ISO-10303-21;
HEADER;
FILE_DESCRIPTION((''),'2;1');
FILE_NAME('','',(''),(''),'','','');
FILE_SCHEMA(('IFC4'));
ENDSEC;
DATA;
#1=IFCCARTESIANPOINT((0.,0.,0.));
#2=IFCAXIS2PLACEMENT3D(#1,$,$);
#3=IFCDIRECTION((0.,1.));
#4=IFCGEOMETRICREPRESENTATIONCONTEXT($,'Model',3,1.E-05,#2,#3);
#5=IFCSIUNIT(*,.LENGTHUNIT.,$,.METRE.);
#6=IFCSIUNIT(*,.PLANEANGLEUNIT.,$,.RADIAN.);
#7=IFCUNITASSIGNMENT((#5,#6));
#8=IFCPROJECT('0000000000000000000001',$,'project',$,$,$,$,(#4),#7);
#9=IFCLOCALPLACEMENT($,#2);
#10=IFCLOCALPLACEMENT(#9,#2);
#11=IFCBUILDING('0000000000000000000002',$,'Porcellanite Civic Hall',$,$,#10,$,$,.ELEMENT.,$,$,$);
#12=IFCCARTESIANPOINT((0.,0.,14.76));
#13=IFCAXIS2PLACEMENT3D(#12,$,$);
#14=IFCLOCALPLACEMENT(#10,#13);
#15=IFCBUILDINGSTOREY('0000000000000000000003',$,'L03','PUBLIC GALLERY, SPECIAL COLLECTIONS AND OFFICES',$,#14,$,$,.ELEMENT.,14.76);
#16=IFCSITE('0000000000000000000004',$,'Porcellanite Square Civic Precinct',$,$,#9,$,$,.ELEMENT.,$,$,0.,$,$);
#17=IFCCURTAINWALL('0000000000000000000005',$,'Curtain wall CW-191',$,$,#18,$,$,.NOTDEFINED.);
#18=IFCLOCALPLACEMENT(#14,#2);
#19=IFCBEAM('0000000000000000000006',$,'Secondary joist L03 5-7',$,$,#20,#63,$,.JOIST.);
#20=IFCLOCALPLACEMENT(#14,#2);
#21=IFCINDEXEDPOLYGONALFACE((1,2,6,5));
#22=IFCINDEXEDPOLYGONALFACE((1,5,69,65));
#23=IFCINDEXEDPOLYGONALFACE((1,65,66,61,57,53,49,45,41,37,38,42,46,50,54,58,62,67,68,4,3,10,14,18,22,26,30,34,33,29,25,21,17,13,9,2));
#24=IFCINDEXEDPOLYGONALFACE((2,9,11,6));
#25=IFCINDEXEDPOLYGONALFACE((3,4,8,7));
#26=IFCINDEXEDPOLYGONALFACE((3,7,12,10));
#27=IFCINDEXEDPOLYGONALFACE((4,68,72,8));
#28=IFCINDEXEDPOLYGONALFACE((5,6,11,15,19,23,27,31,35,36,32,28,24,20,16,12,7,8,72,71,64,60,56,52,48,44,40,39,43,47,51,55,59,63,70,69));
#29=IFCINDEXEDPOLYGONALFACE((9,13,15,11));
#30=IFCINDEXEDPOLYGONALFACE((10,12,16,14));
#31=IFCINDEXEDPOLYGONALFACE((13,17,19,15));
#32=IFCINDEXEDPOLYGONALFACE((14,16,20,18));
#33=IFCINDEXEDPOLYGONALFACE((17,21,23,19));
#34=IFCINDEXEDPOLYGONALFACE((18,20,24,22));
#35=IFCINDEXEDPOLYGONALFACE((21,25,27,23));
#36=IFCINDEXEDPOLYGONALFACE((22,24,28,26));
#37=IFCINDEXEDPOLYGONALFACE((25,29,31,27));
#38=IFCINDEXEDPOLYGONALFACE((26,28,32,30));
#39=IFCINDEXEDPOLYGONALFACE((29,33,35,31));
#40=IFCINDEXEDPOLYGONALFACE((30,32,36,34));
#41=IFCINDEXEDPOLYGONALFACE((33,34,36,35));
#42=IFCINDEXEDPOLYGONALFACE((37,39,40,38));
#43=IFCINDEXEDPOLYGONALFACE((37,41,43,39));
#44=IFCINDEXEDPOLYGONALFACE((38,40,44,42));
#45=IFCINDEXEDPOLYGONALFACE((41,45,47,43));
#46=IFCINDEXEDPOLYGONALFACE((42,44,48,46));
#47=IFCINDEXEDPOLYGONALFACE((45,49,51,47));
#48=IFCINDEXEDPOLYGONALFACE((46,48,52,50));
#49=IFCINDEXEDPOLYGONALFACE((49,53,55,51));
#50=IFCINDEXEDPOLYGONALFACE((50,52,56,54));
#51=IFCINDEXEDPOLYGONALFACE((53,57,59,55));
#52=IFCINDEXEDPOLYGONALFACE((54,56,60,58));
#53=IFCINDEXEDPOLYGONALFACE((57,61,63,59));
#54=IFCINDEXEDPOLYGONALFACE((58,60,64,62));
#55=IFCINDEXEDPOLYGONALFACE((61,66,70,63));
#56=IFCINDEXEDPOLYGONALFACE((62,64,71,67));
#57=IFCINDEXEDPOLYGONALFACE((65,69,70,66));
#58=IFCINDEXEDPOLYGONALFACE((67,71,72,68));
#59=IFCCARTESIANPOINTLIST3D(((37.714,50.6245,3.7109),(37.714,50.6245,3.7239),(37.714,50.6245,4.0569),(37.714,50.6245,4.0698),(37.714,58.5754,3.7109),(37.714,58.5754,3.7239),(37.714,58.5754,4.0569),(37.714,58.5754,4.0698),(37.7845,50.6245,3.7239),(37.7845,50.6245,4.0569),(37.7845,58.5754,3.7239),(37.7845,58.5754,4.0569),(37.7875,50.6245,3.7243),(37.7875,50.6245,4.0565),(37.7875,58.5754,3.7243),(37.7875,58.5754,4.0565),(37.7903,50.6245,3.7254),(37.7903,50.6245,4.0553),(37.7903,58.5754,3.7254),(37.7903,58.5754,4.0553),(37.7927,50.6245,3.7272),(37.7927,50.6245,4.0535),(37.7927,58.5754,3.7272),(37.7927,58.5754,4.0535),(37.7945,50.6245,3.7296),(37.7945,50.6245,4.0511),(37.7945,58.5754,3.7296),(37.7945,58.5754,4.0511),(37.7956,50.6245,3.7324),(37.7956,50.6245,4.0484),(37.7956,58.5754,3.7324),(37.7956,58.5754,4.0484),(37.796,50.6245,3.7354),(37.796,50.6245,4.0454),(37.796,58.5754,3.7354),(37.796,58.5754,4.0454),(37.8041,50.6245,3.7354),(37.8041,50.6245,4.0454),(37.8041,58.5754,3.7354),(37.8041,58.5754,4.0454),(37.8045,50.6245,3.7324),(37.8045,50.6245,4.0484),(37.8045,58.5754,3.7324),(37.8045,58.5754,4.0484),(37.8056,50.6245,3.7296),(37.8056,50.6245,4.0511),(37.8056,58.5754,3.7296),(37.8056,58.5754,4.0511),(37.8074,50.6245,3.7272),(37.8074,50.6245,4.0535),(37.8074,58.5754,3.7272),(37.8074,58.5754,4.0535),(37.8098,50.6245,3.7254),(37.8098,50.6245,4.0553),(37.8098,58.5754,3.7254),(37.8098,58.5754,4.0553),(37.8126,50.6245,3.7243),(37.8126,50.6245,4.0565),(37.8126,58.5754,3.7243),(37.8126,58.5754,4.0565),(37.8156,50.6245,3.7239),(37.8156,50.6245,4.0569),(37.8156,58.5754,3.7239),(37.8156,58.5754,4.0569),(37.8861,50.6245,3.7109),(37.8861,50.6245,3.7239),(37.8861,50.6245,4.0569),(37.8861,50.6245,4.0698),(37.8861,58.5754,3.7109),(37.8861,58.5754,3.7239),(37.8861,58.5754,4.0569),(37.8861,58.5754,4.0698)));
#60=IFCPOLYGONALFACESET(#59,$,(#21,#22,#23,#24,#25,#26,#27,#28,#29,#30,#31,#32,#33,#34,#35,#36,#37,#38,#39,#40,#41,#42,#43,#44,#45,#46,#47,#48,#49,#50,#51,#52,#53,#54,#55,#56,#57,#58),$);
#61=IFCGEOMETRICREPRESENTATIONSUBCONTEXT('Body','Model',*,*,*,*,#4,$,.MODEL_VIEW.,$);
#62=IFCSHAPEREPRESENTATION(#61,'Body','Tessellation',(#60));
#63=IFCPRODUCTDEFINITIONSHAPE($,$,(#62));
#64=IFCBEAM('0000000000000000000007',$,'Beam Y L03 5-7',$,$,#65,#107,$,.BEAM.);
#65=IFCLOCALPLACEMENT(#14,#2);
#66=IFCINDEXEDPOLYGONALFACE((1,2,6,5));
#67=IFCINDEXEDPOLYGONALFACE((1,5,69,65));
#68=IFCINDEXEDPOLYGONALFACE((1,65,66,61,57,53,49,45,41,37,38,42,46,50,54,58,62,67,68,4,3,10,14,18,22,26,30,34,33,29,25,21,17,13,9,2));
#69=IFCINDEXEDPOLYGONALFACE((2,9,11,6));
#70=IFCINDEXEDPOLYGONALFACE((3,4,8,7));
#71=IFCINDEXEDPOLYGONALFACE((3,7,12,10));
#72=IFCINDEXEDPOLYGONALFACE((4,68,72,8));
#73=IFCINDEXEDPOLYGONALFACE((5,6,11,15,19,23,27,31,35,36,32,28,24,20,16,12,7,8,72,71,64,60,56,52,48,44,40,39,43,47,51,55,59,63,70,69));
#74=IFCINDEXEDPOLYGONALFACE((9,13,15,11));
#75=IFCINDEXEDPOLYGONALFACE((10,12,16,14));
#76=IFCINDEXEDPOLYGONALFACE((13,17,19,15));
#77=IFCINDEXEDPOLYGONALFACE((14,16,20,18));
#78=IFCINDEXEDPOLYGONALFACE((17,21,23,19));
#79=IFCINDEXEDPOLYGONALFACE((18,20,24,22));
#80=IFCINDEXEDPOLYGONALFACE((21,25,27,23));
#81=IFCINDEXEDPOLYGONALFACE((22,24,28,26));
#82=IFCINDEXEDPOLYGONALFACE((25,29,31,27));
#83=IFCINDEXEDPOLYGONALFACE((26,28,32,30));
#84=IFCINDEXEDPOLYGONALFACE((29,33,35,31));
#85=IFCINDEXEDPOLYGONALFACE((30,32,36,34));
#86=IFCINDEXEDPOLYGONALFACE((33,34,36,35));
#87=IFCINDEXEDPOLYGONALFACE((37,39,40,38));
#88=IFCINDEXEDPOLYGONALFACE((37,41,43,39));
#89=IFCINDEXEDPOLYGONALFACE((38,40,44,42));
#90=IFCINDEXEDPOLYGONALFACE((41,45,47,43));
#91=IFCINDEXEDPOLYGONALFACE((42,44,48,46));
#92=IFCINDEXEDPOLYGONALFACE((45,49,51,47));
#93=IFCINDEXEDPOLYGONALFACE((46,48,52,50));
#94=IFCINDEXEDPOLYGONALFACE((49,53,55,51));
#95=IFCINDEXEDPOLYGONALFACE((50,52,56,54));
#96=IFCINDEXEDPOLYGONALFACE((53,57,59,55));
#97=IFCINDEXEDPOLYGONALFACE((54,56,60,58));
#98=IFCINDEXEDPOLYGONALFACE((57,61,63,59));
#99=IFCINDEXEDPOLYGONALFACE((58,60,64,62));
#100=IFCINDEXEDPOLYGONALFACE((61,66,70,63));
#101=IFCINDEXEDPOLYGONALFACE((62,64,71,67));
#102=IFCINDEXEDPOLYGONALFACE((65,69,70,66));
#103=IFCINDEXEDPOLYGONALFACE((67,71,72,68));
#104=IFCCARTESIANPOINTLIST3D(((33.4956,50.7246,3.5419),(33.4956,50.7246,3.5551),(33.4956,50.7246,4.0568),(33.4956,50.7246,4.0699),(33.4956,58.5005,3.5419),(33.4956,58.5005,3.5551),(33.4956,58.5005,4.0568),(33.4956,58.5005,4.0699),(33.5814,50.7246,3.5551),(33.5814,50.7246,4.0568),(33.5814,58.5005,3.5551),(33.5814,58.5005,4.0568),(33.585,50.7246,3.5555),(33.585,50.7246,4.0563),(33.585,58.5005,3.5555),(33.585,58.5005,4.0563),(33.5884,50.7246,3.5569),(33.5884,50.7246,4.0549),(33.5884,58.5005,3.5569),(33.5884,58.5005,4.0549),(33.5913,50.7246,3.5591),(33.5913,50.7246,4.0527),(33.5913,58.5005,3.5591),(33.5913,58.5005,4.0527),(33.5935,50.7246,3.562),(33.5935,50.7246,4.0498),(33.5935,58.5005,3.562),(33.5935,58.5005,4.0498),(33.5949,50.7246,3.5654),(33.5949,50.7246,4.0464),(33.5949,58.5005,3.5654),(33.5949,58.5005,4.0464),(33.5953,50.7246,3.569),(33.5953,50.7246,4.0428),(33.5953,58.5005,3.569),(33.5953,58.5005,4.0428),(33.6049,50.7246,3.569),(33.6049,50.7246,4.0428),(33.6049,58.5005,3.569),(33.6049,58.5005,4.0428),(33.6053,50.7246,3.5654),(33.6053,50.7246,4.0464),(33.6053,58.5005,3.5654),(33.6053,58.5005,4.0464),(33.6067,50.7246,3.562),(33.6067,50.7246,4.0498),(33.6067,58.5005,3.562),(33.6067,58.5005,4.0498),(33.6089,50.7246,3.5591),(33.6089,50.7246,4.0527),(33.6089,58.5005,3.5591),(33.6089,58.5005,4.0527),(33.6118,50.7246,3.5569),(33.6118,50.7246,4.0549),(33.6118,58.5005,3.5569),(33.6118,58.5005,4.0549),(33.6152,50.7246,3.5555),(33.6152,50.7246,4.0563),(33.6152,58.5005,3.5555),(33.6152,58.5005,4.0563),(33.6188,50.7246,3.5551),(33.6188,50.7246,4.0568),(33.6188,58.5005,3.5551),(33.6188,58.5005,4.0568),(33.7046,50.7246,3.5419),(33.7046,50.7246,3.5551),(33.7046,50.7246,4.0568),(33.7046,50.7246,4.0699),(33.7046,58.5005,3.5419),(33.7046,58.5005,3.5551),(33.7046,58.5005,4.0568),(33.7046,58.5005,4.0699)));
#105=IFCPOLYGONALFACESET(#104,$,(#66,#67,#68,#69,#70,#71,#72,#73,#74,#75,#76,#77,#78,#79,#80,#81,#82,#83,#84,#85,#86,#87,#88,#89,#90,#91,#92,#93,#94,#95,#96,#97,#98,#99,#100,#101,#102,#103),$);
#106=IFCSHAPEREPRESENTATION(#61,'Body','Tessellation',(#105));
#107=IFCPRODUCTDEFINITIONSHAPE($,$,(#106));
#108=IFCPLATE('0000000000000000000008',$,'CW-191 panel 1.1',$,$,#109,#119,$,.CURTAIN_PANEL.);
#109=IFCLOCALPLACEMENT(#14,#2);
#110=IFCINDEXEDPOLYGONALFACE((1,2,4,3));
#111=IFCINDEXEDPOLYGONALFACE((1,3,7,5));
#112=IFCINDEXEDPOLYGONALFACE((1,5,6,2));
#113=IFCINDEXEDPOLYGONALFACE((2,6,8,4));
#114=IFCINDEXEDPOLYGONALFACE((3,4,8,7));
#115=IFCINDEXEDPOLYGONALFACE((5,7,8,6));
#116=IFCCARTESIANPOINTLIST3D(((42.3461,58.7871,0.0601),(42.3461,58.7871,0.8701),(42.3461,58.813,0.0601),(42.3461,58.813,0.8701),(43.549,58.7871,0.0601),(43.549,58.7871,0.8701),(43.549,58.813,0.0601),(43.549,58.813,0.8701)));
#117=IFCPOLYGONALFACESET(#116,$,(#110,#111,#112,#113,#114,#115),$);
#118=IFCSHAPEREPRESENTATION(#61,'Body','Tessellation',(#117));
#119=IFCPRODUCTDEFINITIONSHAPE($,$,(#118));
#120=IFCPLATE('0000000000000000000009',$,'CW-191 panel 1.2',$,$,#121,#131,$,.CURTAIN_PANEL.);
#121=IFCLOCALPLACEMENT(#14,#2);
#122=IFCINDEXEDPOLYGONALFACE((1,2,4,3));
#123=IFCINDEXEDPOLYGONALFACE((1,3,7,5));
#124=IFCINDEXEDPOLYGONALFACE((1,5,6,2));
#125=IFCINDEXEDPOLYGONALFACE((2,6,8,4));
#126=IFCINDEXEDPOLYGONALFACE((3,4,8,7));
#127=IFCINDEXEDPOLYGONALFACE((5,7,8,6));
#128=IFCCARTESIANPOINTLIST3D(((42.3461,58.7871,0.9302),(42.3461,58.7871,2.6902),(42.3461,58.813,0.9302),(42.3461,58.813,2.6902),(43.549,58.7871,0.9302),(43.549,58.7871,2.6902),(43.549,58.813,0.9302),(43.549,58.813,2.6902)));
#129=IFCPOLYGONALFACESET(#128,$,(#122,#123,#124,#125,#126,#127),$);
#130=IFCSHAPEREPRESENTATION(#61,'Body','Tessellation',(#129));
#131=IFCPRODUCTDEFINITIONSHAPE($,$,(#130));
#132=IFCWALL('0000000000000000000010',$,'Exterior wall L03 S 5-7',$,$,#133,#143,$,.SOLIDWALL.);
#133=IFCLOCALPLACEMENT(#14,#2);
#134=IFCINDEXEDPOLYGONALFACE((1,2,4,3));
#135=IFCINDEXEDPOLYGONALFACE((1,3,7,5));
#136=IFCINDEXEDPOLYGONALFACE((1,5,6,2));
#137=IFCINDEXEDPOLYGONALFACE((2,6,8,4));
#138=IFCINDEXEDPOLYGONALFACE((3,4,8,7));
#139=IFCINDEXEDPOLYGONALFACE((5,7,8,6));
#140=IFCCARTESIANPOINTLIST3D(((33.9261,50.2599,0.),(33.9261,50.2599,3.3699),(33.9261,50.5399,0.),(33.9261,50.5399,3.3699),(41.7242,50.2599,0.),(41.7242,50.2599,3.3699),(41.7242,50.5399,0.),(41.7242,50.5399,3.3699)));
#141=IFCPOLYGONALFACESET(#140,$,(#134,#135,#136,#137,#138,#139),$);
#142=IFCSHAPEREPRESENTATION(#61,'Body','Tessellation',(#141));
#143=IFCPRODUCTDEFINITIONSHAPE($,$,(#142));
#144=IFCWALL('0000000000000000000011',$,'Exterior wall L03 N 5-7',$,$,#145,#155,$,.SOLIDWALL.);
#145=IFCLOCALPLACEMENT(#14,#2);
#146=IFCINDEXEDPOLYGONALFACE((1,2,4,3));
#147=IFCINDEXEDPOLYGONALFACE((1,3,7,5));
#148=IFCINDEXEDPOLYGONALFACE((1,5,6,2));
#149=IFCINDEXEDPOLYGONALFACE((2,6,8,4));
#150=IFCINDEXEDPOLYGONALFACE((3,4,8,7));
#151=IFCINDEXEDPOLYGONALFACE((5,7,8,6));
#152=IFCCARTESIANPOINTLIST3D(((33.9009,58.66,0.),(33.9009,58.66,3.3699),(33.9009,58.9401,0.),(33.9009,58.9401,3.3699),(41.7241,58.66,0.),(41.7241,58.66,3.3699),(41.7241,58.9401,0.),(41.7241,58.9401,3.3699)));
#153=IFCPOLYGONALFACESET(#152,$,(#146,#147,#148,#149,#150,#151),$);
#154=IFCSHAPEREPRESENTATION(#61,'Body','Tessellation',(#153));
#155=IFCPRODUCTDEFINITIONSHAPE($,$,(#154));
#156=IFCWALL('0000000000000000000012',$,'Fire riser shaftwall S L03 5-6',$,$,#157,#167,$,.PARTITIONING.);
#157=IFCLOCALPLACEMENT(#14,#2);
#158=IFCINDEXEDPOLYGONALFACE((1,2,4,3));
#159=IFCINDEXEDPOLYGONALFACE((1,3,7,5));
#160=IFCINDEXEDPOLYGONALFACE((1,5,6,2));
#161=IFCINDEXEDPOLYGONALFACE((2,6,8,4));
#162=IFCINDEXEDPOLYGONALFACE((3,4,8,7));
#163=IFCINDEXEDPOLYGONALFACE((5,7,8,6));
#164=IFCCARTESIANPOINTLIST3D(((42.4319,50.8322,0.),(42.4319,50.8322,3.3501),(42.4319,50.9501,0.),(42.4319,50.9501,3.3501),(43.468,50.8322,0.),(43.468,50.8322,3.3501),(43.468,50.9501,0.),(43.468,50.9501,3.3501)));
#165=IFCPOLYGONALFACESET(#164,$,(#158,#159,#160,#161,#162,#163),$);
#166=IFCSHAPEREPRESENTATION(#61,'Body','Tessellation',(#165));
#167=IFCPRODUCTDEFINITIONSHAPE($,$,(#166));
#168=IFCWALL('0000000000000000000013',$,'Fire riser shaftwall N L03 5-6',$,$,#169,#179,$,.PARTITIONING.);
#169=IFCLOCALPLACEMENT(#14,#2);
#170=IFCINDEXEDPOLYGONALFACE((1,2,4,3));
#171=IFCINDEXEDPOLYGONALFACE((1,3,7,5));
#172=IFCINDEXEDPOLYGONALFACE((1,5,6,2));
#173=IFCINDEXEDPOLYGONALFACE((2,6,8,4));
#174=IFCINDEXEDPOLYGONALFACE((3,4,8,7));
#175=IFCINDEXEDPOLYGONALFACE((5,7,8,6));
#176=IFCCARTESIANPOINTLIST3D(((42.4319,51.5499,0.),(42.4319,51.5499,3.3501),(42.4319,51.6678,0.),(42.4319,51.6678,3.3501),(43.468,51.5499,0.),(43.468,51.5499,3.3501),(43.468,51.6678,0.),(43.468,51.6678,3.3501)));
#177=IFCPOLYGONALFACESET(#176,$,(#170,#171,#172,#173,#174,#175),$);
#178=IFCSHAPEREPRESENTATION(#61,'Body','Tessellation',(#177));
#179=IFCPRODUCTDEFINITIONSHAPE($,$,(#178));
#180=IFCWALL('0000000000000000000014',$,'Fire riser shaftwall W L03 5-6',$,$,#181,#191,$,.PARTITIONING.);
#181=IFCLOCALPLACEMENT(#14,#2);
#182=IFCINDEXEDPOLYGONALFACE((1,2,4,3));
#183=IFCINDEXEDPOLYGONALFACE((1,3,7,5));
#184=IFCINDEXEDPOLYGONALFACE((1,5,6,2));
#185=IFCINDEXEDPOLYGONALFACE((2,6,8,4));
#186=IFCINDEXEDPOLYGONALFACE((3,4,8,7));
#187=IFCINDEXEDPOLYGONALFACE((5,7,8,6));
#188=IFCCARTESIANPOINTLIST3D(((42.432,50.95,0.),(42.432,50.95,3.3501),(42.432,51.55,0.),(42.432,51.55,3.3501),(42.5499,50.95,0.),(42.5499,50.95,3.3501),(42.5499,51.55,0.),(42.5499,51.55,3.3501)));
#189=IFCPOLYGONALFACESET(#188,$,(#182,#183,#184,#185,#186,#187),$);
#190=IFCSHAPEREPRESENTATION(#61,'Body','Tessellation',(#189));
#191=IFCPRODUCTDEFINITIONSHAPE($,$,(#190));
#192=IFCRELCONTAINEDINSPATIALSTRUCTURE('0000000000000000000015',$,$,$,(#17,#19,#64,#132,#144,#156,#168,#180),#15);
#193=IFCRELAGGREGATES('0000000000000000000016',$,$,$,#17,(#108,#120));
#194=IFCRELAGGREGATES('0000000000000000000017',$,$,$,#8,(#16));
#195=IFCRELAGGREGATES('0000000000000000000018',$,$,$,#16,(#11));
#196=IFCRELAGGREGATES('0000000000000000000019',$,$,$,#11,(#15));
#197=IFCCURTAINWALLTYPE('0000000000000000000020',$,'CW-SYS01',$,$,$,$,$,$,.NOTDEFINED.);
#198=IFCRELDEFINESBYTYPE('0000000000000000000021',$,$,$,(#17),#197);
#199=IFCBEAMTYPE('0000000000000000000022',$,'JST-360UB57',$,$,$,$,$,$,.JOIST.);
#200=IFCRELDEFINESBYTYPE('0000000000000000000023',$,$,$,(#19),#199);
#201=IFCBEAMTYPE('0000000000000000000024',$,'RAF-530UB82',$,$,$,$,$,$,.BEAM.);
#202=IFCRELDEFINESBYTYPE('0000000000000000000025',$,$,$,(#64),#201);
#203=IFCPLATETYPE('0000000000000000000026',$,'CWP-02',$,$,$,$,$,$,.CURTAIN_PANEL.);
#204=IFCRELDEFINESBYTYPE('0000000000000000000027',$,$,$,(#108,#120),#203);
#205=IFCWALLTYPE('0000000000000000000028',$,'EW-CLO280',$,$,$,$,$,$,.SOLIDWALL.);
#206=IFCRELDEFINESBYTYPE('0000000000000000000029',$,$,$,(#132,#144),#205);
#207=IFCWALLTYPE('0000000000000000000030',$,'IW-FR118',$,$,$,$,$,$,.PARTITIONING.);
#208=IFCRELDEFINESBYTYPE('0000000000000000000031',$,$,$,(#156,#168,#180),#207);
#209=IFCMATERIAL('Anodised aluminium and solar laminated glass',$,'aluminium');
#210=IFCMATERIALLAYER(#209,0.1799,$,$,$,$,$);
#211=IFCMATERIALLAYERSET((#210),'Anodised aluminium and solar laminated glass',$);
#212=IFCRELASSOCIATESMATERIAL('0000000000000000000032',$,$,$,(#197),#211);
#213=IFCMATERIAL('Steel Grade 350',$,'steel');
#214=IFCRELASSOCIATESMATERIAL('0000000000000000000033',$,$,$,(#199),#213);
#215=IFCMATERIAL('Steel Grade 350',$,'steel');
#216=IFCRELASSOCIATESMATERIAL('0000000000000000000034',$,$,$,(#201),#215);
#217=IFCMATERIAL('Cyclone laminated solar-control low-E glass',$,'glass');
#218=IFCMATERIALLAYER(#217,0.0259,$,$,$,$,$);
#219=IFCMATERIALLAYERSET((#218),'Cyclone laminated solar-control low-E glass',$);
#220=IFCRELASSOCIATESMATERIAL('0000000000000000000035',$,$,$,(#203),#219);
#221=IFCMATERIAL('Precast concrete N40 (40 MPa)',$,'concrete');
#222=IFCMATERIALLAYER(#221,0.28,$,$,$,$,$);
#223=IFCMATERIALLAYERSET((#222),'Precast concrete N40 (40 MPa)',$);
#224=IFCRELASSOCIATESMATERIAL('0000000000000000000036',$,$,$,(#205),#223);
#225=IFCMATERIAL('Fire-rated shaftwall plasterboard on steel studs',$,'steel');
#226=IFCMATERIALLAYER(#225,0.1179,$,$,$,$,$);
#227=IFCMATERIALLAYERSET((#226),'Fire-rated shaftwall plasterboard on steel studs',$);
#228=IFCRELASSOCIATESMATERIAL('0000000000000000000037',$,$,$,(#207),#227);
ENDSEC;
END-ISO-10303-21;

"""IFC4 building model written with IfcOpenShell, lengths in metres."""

from ifc_helpers import new_model, si_unit, direction, frame, frame_2d, origin, origin_2d, place, context, subcontext, project, spatial, rectangle, i_section, extrude, material, layer, layer_set, material_profile, profile_set, type_object, element, aggregate, save


model = new_model("IFC4")

# Units and contexts
model_context = context("Model", 3, precision=1e-05, world=origin(), true_north=direction((0.0, 1.0)))
body_context = subcontext(model_context, "Body", "Model", "MODEL_VIEW")
ifc_project = project(units=[si_unit("LENGTHUNIT", "METRE"), si_unit("PLANEANGLEUNIT", "RADIAN")], contexts=[model_context])

# Site, building, storey
site_placement = place(None, origin())
site = spatial("IfcSite", under=ifc_project, at=site_placement, Name="Porcellanite Square Civic Precinct", CompositionType="ELEMENT", RefElevation=0.0)
building_placement = place(site_placement, origin())
building = spatial("IfcBuilding", under=site, at=building_placement, Name="Porcellanite Civic Hall", CompositionType="ELEMENT")
storey_placement = place(building_placement, frame((0.0, 0.0, 14.76)))
storey = spatial("IfcBuildingStorey", under=building, at=storey_placement, Name="L03", Description="PUBLIC GALLERY, SPECIAL COLLECTIONS AND OFFICES", CompositionType="ELEMENT", Elevation=14.76)

# Curtain wall
ifc_material_1 = material(Name="Anodised aluminium and solar laminated glass", Category="aluminium")
ifc_layer_1 = layer(ifc_material_1, 0.1799)
ifc_layer_set_1 = layer_set([ifc_layer_1], Name="Anodised aluminium and solar laminated glass")
curtain_wall_type = type_object("IfcCurtainWallType", Name="CW-SYS01", PredefinedType="NOTDEFINED", material=ifc_layer_set_1)
curtain_wall_placement = place(storey_placement, origin())
curtain_wall = element("IfcCurtainWall", 1, at=curtain_wall_placement, inside=storey, type_object=curtain_wall_type, Name="Curtain wall CW-191", PredefinedType="NOTDEFINED")

# Beams
ifc_material_2 = material(Name="Steel Grade 350", Category="steel")
ifc_material_profile_1 = material_profile(ifc_material_2, i_section(OverallWidth=0.1721, OverallDepth=0.3589, WebThickness=0.0081, FlangeThickness=0.0129, FilletRadius=0.0115, at=origin_2d()), Name="360UB56.7")
ifc_profile_set_1 = profile_set([ifc_material_profile_1], Name="Steel Grade 350")
beam_type_1 = type_object("IfcBeamType", Name="JST-360UB57", PredefinedType="JOIST", material=ifc_profile_set_1)
beam_1_placement = place(storey_placement, frame((37.8, 50.6245, 3.8904), z_axis=(0.0, 1.0, 0.0), x_axis=(-1.0, 0.0, 0.0)))
element("IfcBeam", 2, at=beam_1_placement, inside=storey, type_object=beam_type_1, Name="Secondary joist L03 5-7", PredefinedType="JOIST", context=body_context, shape_type="SweptSolid", body=[
    extrude(i_section(OverallWidth=0.1721, OverallDepth=0.3589, WebThickness=0.0081, FlangeThickness=0.0129, FilletRadius=0.0115, at=origin_2d()), origin(), (0.0, 0.0, 1.0), 7.9509),
])
ifc_material_3 = material(Name="Steel Grade 350", Category="steel")
ifc_material_profile_2 = material_profile(ifc_material_3, i_section(OverallWidth=0.209, OverallDepth=0.5281, WebThickness=0.0095, FlangeThickness=0.0132, FilletRadius=0.0139, at=origin_2d()), Name="530UB82.0")
ifc_profile_set_2 = profile_set([ifc_material_profile_2], Name="Steel Grade 350")
beam_type_2 = type_object("IfcBeamType", Name="RAF-530UB82", PredefinedType="BEAM", material=ifc_profile_set_2)
beam_2_placement = place(storey_placement, frame((33.6001, 50.7246, 3.8059), z_axis=(0.0, 1.0, 0.0), x_axis=(-1.0, 0.0, 0.0)))
element("IfcBeam", 3, at=beam_2_placement, inside=storey, type_object=beam_type_2, Name="Beam Y L03 5-7", PredefinedType="BEAM", context=body_context, shape_type="SweptSolid", body=[
    extrude(i_section(OverallWidth=0.209, OverallDepth=0.5281, WebThickness=0.0095, FlangeThickness=0.0132, FilletRadius=0.0139, at=origin_2d()), origin(), (0.0, 0.0, 1.0), 7.7759),
])

# Plates
ifc_material_4 = material(Name="Cyclone laminated solar-control low-E glass", Category="glass")
ifc_layer_2 = layer(ifc_material_4, 0.0259)
ifc_layer_set_2 = layer_set([ifc_layer_2], Name="Cyclone laminated solar-control low-E glass")
plate_type = type_object("IfcPlateType", Name="CWP-02", PredefinedType="CURTAIN_PANEL", material=ifc_layer_set_2)
plate_1_placement = place(storey_placement, frame((42.9475, 58.8, 0.0601), z_axis=(0.0, 0.0, 1.0), x_axis=(1.0, 0.0, 0.0)))
plate_1 = element("IfcPlate", 4, at=plate_1_placement, type_object=plate_type, Name="CW-191 panel 1.1", PredefinedType="CURTAIN_PANEL", context=body_context, shape_type="SweptSolid", body=[
    extrude(rectangle(XDim=1.2029, YDim=0.0259, at=origin_2d()), origin(), (0.0, 0.0, 1.0), 0.8101),
])
plate_2_placement = place(storey_placement, frame((42.9475, 58.8, 0.9302), z_axis=(0.0, 0.0, 1.0), x_axis=(1.0, 0.0, 0.0)))
plate_2 = element("IfcPlate", 5, at=plate_2_placement, type_object=plate_type, Name="CW-191 panel 1.2", PredefinedType="CURTAIN_PANEL", context=body_context, shape_type="SweptSolid", body=[
    extrude(rectangle(XDim=1.2029, YDim=0.0259, at=origin_2d()), origin(), (0.0, 0.0, 1.0), 1.76),
])
aggregate(curtain_wall, [plate_1, plate_2])

# Walls
ifc_material_5 = material(Name="Precast concrete N40 (40 MPa)", Category="concrete")
ifc_layer_3 = layer(ifc_material_5, 0.28)
ifc_layer_set_3 = layer_set([ifc_layer_3], Name="Precast concrete N40 (40 MPa)")
wall_type_1 = type_object("IfcWallType", Name="EW-CLO280", PredefinedType="SOLIDWALL", material=ifc_layer_set_3)
wall_1_placement = place(storey_placement, frame((41.7241, 50.3999, 0.0), z_axis=(0.0, 0.0, 1.0), x_axis=(-1.0, 0.0, 0.0)))
element("IfcWall", 6, at=wall_1_placement, inside=storey, type_object=wall_type_1, Name="Exterior wall L03 S 5-7", PredefinedType="SOLIDWALL", context=body_context, shape_type="SweptSolid", body=[
    extrude(rectangle(XDim=7.7981, YDim=0.28, at=frame_2d((3.8989, 0.0))), origin(), (0.0, 0.0, 1.0), 3.3699),
])
wall_2_placement = place(storey_placement, frame((33.9009, 58.8, 0.0), z_axis=(0.0, 0.0, 1.0), x_axis=(1.0, 0.0, 0.0)))
element("IfcWall", 7, at=wall_2_placement, inside=storey, type_object=wall_type_1, Name="Exterior wall L03 N 5-7", PredefinedType="SOLIDWALL", context=body_context, shape_type="SweptSolid", body=[
    extrude(rectangle(XDim=7.8232, YDim=0.28, at=frame_2d((3.9116, 0.0))), origin(), (0.0, 0.0, 1.0), 3.3699),
])
ifc_material_6 = material(Name="Fire-rated shaftwall plasterboard on steel studs", Category="steel")
ifc_layer_4 = layer(ifc_material_6, 0.1179)
ifc_layer_set_4 = layer_set([ifc_layer_4], Name="Fire-rated shaftwall plasterboard on steel studs")
wall_type_2 = type_object("IfcWallType", Name="IW-FR118", PredefinedType="PARTITIONING", material=ifc_layer_set_4)
for number, where, z_axis, x_axis, name in (
    (8, (42.4319, 50.8911, 0.0), (0.0, 0.0, 1.0), (1.0, 0.0, 0.0), "Fire riser shaftwall S L03 5-6"),
    (9, (42.4319, 51.6089, 0.0), (0.0, 0.0, 1.0), (1.0, 0.0, 0.0), "Fire riser shaftwall N L03 5-6"),
):
    element("IfcWall", number, at=place(storey_placement, frame(where, z_axis=z_axis, x_axis=x_axis)), inside=storey, type_object=wall_type_2, Name=name, PredefinedType="PARTITIONING", context=body_context, shape_type="SweptSolid", body=[
        extrude(rectangle(XDim=1.0361, YDim=0.1179, at=frame_2d((0.5181, 0.0))), origin(), (0.0, 0.0, 1.0), 3.3501),
    ])
wall_3_placement = place(storey_placement, frame((42.491, 50.95, 0.0), z_axis=(0.0, 0.0, 1.0), x_axis=(0.0, 1.0, 0.0)))
element("IfcWall", 10, at=wall_3_placement, inside=storey, type_object=wall_type_2, Name="Fire riser shaftwall W L03 5-6", PredefinedType="PARTITIONING", context=body_context, shape_type="SweptSolid", body=[
    extrude(rectangle(XDim=0.6001, YDim=0.1179, at=frame_2d((0.3, 0.0))), origin(), (0.0, 0.0, 1.0), 3.3501),
])

save(model, "model.ifc")
